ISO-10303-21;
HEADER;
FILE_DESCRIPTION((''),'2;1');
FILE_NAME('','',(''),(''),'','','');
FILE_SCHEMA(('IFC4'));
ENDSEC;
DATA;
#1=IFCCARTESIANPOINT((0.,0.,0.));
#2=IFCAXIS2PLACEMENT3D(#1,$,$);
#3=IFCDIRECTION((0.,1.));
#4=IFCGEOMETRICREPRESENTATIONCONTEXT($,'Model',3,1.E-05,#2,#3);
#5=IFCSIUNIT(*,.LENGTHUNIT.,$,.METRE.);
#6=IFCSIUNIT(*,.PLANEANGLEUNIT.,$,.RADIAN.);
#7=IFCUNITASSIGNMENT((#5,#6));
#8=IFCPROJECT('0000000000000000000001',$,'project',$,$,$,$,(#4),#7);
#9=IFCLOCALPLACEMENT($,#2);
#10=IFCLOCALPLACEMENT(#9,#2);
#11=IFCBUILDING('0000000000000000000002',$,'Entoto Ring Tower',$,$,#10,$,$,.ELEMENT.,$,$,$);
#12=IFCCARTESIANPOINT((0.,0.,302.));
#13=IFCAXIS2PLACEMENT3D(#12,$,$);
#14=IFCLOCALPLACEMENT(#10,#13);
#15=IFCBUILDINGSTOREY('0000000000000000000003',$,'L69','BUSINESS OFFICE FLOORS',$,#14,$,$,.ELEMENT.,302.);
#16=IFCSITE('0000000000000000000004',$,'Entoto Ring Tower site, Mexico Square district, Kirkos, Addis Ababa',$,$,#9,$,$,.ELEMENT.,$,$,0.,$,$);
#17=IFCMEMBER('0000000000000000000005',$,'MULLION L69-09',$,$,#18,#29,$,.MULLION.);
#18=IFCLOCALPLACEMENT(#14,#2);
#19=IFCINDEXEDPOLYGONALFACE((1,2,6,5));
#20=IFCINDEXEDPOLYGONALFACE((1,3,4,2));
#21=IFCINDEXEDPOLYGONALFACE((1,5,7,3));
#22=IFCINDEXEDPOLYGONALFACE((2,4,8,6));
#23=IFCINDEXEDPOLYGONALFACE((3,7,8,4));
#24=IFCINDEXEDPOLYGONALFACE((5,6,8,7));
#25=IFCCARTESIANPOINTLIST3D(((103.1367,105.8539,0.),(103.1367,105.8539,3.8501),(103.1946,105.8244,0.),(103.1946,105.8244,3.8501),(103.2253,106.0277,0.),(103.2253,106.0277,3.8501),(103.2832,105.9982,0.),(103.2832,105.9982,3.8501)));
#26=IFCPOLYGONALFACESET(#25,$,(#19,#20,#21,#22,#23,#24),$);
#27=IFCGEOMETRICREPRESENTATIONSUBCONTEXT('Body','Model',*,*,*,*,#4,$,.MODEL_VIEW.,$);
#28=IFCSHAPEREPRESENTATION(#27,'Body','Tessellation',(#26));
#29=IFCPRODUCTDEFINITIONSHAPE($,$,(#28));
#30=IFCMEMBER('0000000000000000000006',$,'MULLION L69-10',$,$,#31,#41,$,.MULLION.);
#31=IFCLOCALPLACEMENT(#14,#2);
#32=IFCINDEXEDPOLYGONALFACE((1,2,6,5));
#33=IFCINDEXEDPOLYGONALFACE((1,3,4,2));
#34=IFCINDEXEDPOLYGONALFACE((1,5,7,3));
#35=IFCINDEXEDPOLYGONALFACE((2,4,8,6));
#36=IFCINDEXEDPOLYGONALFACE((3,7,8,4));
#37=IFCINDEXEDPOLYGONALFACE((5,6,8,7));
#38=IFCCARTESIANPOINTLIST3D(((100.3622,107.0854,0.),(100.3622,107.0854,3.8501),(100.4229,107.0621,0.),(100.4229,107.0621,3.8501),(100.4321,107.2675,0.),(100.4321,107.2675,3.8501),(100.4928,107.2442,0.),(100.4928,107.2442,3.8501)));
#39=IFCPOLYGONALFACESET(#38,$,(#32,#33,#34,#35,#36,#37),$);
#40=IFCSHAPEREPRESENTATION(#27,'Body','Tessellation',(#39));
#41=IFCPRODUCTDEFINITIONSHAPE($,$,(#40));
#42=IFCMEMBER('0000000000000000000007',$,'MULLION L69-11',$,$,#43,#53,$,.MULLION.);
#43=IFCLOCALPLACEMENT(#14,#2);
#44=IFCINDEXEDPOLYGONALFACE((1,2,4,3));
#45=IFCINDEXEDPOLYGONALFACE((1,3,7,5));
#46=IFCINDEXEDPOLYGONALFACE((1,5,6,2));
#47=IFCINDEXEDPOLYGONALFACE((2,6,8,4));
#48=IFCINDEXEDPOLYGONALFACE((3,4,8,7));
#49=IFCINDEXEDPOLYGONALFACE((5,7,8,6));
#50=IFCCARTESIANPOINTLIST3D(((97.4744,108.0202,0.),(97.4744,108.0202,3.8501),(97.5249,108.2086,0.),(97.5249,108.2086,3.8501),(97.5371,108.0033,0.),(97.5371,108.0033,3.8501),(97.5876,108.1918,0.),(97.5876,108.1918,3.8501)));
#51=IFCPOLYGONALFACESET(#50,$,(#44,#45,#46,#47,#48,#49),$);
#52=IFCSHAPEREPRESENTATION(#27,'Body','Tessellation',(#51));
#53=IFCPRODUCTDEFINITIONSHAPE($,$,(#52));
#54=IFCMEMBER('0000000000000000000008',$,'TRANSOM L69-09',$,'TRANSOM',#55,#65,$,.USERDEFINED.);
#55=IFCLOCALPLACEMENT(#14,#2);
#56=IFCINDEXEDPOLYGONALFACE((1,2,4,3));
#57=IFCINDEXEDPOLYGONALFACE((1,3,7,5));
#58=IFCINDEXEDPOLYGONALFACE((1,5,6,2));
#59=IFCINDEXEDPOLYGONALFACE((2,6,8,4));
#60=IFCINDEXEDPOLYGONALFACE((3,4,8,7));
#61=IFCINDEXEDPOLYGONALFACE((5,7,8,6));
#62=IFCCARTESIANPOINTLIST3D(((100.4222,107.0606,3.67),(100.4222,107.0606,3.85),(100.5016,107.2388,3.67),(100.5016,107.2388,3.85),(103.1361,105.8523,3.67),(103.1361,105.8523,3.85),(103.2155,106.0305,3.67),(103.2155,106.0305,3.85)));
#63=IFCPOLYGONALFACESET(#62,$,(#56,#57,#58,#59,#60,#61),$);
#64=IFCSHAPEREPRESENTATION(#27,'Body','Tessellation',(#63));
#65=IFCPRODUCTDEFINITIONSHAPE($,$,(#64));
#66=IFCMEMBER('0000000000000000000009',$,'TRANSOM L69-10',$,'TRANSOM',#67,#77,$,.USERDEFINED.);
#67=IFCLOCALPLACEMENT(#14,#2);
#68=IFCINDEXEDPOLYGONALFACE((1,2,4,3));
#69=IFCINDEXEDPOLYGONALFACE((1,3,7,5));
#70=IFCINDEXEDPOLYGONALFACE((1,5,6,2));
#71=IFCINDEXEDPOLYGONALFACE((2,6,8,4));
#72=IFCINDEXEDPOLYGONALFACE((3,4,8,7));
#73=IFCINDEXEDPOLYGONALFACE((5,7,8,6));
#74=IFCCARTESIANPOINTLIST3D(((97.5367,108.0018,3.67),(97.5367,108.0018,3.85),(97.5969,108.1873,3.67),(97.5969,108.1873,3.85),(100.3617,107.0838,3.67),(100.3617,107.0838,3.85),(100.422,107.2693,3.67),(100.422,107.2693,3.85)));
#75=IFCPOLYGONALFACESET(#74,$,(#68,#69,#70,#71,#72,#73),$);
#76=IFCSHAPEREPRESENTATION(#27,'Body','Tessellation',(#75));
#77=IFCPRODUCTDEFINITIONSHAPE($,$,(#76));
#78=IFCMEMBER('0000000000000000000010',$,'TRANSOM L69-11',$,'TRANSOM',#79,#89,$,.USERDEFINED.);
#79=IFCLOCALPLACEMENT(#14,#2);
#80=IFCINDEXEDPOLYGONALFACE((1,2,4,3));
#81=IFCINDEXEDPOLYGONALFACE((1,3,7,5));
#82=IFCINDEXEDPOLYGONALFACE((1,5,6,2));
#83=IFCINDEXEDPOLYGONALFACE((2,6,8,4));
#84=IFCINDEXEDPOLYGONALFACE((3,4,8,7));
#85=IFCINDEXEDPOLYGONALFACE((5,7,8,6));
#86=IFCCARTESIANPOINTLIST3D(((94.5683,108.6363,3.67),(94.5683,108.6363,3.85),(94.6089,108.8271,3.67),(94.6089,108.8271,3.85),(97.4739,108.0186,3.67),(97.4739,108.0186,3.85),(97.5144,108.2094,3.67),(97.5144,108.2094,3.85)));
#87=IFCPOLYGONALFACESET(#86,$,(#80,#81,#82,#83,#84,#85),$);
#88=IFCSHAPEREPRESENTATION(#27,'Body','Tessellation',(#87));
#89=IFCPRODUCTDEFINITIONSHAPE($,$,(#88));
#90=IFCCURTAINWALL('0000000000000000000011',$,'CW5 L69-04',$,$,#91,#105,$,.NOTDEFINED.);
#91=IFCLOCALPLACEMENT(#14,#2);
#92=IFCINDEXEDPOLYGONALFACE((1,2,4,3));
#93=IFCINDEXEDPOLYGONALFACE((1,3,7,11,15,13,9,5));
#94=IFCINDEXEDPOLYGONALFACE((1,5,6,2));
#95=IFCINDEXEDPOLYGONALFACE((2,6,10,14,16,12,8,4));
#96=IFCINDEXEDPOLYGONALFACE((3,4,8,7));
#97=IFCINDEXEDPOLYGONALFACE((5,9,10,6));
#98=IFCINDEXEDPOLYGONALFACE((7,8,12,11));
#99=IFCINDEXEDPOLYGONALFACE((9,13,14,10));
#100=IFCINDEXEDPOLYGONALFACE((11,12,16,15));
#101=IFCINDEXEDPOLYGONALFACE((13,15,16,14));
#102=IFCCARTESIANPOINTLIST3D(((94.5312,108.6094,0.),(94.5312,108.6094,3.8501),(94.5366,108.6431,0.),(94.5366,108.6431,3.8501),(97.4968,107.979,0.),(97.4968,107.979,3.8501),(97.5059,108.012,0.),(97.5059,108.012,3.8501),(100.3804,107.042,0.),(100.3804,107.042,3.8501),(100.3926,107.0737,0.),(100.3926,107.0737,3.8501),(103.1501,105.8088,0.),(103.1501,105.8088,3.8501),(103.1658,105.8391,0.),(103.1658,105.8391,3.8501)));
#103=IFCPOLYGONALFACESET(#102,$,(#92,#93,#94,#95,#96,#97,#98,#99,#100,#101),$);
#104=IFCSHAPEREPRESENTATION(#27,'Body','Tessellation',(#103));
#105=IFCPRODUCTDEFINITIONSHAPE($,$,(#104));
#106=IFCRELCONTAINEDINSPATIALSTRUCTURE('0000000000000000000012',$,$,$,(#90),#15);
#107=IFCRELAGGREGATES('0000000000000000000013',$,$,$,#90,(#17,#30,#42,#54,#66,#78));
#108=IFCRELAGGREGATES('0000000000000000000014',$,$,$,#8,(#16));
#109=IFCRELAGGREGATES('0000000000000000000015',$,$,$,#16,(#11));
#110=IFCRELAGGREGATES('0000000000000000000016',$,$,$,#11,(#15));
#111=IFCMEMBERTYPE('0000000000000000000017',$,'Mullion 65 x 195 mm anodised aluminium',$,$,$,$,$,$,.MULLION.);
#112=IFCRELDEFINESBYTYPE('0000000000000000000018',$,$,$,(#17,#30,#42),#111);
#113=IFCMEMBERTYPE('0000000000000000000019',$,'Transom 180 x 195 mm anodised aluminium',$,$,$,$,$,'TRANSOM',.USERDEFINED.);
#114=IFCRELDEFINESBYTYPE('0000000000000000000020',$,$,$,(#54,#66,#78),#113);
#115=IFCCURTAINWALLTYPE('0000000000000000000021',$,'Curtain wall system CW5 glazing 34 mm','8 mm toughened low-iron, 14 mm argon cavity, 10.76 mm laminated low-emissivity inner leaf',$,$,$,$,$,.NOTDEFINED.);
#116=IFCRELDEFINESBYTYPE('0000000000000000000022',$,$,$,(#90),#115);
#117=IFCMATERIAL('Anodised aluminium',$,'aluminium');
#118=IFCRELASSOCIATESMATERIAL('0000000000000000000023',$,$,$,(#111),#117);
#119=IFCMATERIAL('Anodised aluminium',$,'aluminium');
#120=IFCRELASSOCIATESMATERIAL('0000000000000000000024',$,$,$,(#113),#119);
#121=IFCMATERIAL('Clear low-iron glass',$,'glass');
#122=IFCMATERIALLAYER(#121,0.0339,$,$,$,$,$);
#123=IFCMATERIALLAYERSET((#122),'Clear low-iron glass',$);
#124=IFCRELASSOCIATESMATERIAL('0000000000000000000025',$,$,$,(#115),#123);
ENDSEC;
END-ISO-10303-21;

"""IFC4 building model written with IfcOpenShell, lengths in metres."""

from ifc_helpers import new_model, si_unit, direction, frame, origin, origin_2d, place, context, subcontext, project, spatial, polyline, rectangle, outline, extrude, material, layer, layer_set, material_profile, profile_set, type_object, element, aggregate, save


model = new_model("IFC4")

# Units and contexts
model_context = context("Model", 3, precision=1e-05, world=origin(), true_north=direction((0.0, 1.0)))
body_context = subcontext(model_context, "Body", "Model", "MODEL_VIEW")
ifc_project = project(units=[si_unit("LENGTHUNIT", "METRE"), si_unit("PLANEANGLEUNIT", "RADIAN")], contexts=[model_context])

# Members
ifc_material_1 = material(Name="Anodised aluminium", Category="aluminium")
ifc_material_profile_1 = material_profile(ifc_material_1, rectangle(XDim=0.0649, YDim=0.1951, at=origin_2d()), Name="Mullion 65 x 195 mm anodised aluminium")
ifc_profile_set_1 = profile_set([ifc_material_profile_1], Name="Anodised aluminium")
member_type_1 = type_object("IfcMemberType", Name="Mullion 65 x 195 mm anodised aluminium", PredefinedType="MULLION", material=ifc_profile_set_1)
site_placement = place(None, origin())
building_placement = place(site_placement, origin())
storey_placement = place(building_placement, frame((0.0, 0.0, 302.0)))
member_1_placement = place(storey_placement, frame((103.21, 105.926, 0.0), z_axis=(0.0, 0.0, 1.0), x_axis=(-0.891007, 0.45399, 0.0)))
member_1 = element("IfcMember", 1, at=member_1_placement, type_object=member_type_1, Name="MULLION L69-09", PredefinedType="MULLION", context=body_context, shape_type="SweptSolid", body=[
    extrude(rectangle(XDim=0.0649, YDim=0.1951, at=origin_2d()), origin(), (0.0, 0.0, 1.0), 3.8501),
])
member_2_placement = place(storey_placement, frame((100.4275, 107.1648, 0.0), z_axis=(0.0, 0.0, 1.0), x_axis=(-0.93358, 0.358368, 0.0)))
member_2 = element("IfcMember", 2, at=member_2_placement, type_object=member_type_1, Name="MULLION L69-10", PredefinedType="MULLION", context=body_context, shape_type="SweptSolid", body=[
    extrude(rectangle(XDim=0.0649, YDim=0.1951, at=origin_2d()), origin(), (0.0, 0.0, 1.0), 3.8501),
])
member_3_placement = place(storey_placement, frame((97.531, 108.106, 0.0), z_axis=(0.0, 0.0, 1.0), x_axis=(-0.965926, 0.258819, 0.0)))
member_3 = element("IfcMember", 3, at=member_3_placement, type_object=member_type_1, Name="MULLION L69-11", PredefinedType="MULLION", context=body_context, shape_type="SweptSolid", body=[
    extrude(rectangle(XDim=0.0649, YDim=0.1951, at=origin_2d()), origin(), (0.0, 0.0, 1.0), 3.8501),
])
ifc_material_2 = material(Name="Anodised aluminium", Category="aluminium")
ifc_material_profile_2 = material_profile(ifc_material_2, rectangle(XDim=0.1951, YDim=0.1799, at=origin_2d()), Name="Transom 180 x 195 mm anodised aluminium")
ifc_profile_set_2 = profile_set([ifc_material_profile_2], Name="Anodised aluminium")
member_type_2 = type_object("IfcMemberType", Name="Transom 180 x 195 mm anodised aluminium", ElementType="TRANSOM", PredefinedType="USERDEFINED", material=ifc_profile_set_2)
member_4_placement = place(storey_placement, frame((103.1758, 105.9414, 3.76), z_axis=(-0.91355, 0.406726, 0.0), x_axis=(-0.406726, -0.91355, 0.0)))
member_4 = element("IfcMember", 4, at=member_4_placement, type_object=member_type_2, Name="TRANSOM L69-09", ObjectType="TRANSOM", PredefinedType="USERDEFINED", context=body_context, shape_type="SweptSolid", body=[
    extrude(rectangle(XDim=0.1951, YDim=0.1799, at=origin_2d()), origin(), (0.0, 0.0, 1.0), 2.9707),
])
member_5_placement = place(storey_placement, frame((100.3918, 107.1765, 3.76), z_axis=(-0.951048, 0.309043, 0.0), x_axis=(-0.309043, -0.951048, 0.0)))
member_5 = element("IfcMember", 5, at=member_5_placement, type_object=member_type_2, Name="TRANSOM L69-10", ObjectType="TRANSOM", PredefinedType="USERDEFINED", context=body_context, shape_type="SweptSolid", body=[
    extrude(rectangle(XDim=0.1951, YDim=0.1799, at=origin_2d()), origin(), (0.0, 0.0, 1.0), 2.9705),
])
member_6_placement = place(storey_placement, frame((97.4941, 108.114, 3.76), z_axis=(-0.978142, 0.20794, 0.0), x_axis=(-0.20794, -0.978142, 0.0)))
member_6 = element("IfcMember", 6, at=member_6_placement, type_object=member_type_2, Name="TRANSOM L69-11", ObjectType="TRANSOM", PredefinedType="USERDEFINED", context=body_context, shape_type="SweptSolid", body=[
    extrude(rectangle(XDim=0.1951, YDim=0.1799, at=origin_2d()), origin(), (0.0, 0.0, 1.0), 2.9705),
])

# Site, building, storey
site = spatial("IfcSite", under=ifc_project, at=site_placement, Name="Entoto Ring Tower site, Mexico Square district, Kirkos, Addis Ababa", CompositionType="ELEMENT", RefElevation=0.0)
building = spatial("IfcBuilding", under=site, at=building_placement, Name="Entoto Ring Tower", CompositionType="ELEMENT")
storey = spatial("IfcBuildingStorey", under=building, at=storey_placement, Name="L69", Description="BUSINESS OFFICE FLOORS", CompositionType="ELEMENT", Elevation=302.0)

# Curtain wall
ifc_material_3 = material(Name="Clear low-iron glass", Category="glass")
ifc_layer = layer(ifc_material_3, 0.0339)
ifc_layer_set = layer_set([ifc_layer], Name="Clear low-iron glass")
curtain_wall_type = type_object("IfcCurtainWallType", Name="Curtain wall system CW5 glazing 34 mm", Description="8 mm toughened low-iron, 14 mm argon cavity, 10.76 mm laminated low-emissivity inner leaf", PredefinedType="NOTDEFINED", material=ifc_layer_set)
curtain_wall_1_placement = place(storey_placement, origin())
curtain_wall_1 = element("IfcCurtainWall", 7, at=curtain_wall_1_placement, inside=storey, type_object=curtain_wall_type, Name="CW5 L69-04", PredefinedType="NOTDEFINED", context=body_context, shape_type="SweptSolid", body=[
    extrude(outline(polyline([(103.1658, 105.8391), (100.3926, 107.0737), (97.5059, 108.012), (94.5366, 108.6431), (94.5312, 108.6094), (97.4968, 107.979), (100.3804, 107.042), (103.1501, 105.8088), (103.1658, 105.8391)])), origin(), (0.0, 0.0, 1.0), 3.8501),
])
aggregate(curtain_wall_1, [member_1, member_2, member_3, member_4, member_5, member_6])

save(model, "model.ifc")
